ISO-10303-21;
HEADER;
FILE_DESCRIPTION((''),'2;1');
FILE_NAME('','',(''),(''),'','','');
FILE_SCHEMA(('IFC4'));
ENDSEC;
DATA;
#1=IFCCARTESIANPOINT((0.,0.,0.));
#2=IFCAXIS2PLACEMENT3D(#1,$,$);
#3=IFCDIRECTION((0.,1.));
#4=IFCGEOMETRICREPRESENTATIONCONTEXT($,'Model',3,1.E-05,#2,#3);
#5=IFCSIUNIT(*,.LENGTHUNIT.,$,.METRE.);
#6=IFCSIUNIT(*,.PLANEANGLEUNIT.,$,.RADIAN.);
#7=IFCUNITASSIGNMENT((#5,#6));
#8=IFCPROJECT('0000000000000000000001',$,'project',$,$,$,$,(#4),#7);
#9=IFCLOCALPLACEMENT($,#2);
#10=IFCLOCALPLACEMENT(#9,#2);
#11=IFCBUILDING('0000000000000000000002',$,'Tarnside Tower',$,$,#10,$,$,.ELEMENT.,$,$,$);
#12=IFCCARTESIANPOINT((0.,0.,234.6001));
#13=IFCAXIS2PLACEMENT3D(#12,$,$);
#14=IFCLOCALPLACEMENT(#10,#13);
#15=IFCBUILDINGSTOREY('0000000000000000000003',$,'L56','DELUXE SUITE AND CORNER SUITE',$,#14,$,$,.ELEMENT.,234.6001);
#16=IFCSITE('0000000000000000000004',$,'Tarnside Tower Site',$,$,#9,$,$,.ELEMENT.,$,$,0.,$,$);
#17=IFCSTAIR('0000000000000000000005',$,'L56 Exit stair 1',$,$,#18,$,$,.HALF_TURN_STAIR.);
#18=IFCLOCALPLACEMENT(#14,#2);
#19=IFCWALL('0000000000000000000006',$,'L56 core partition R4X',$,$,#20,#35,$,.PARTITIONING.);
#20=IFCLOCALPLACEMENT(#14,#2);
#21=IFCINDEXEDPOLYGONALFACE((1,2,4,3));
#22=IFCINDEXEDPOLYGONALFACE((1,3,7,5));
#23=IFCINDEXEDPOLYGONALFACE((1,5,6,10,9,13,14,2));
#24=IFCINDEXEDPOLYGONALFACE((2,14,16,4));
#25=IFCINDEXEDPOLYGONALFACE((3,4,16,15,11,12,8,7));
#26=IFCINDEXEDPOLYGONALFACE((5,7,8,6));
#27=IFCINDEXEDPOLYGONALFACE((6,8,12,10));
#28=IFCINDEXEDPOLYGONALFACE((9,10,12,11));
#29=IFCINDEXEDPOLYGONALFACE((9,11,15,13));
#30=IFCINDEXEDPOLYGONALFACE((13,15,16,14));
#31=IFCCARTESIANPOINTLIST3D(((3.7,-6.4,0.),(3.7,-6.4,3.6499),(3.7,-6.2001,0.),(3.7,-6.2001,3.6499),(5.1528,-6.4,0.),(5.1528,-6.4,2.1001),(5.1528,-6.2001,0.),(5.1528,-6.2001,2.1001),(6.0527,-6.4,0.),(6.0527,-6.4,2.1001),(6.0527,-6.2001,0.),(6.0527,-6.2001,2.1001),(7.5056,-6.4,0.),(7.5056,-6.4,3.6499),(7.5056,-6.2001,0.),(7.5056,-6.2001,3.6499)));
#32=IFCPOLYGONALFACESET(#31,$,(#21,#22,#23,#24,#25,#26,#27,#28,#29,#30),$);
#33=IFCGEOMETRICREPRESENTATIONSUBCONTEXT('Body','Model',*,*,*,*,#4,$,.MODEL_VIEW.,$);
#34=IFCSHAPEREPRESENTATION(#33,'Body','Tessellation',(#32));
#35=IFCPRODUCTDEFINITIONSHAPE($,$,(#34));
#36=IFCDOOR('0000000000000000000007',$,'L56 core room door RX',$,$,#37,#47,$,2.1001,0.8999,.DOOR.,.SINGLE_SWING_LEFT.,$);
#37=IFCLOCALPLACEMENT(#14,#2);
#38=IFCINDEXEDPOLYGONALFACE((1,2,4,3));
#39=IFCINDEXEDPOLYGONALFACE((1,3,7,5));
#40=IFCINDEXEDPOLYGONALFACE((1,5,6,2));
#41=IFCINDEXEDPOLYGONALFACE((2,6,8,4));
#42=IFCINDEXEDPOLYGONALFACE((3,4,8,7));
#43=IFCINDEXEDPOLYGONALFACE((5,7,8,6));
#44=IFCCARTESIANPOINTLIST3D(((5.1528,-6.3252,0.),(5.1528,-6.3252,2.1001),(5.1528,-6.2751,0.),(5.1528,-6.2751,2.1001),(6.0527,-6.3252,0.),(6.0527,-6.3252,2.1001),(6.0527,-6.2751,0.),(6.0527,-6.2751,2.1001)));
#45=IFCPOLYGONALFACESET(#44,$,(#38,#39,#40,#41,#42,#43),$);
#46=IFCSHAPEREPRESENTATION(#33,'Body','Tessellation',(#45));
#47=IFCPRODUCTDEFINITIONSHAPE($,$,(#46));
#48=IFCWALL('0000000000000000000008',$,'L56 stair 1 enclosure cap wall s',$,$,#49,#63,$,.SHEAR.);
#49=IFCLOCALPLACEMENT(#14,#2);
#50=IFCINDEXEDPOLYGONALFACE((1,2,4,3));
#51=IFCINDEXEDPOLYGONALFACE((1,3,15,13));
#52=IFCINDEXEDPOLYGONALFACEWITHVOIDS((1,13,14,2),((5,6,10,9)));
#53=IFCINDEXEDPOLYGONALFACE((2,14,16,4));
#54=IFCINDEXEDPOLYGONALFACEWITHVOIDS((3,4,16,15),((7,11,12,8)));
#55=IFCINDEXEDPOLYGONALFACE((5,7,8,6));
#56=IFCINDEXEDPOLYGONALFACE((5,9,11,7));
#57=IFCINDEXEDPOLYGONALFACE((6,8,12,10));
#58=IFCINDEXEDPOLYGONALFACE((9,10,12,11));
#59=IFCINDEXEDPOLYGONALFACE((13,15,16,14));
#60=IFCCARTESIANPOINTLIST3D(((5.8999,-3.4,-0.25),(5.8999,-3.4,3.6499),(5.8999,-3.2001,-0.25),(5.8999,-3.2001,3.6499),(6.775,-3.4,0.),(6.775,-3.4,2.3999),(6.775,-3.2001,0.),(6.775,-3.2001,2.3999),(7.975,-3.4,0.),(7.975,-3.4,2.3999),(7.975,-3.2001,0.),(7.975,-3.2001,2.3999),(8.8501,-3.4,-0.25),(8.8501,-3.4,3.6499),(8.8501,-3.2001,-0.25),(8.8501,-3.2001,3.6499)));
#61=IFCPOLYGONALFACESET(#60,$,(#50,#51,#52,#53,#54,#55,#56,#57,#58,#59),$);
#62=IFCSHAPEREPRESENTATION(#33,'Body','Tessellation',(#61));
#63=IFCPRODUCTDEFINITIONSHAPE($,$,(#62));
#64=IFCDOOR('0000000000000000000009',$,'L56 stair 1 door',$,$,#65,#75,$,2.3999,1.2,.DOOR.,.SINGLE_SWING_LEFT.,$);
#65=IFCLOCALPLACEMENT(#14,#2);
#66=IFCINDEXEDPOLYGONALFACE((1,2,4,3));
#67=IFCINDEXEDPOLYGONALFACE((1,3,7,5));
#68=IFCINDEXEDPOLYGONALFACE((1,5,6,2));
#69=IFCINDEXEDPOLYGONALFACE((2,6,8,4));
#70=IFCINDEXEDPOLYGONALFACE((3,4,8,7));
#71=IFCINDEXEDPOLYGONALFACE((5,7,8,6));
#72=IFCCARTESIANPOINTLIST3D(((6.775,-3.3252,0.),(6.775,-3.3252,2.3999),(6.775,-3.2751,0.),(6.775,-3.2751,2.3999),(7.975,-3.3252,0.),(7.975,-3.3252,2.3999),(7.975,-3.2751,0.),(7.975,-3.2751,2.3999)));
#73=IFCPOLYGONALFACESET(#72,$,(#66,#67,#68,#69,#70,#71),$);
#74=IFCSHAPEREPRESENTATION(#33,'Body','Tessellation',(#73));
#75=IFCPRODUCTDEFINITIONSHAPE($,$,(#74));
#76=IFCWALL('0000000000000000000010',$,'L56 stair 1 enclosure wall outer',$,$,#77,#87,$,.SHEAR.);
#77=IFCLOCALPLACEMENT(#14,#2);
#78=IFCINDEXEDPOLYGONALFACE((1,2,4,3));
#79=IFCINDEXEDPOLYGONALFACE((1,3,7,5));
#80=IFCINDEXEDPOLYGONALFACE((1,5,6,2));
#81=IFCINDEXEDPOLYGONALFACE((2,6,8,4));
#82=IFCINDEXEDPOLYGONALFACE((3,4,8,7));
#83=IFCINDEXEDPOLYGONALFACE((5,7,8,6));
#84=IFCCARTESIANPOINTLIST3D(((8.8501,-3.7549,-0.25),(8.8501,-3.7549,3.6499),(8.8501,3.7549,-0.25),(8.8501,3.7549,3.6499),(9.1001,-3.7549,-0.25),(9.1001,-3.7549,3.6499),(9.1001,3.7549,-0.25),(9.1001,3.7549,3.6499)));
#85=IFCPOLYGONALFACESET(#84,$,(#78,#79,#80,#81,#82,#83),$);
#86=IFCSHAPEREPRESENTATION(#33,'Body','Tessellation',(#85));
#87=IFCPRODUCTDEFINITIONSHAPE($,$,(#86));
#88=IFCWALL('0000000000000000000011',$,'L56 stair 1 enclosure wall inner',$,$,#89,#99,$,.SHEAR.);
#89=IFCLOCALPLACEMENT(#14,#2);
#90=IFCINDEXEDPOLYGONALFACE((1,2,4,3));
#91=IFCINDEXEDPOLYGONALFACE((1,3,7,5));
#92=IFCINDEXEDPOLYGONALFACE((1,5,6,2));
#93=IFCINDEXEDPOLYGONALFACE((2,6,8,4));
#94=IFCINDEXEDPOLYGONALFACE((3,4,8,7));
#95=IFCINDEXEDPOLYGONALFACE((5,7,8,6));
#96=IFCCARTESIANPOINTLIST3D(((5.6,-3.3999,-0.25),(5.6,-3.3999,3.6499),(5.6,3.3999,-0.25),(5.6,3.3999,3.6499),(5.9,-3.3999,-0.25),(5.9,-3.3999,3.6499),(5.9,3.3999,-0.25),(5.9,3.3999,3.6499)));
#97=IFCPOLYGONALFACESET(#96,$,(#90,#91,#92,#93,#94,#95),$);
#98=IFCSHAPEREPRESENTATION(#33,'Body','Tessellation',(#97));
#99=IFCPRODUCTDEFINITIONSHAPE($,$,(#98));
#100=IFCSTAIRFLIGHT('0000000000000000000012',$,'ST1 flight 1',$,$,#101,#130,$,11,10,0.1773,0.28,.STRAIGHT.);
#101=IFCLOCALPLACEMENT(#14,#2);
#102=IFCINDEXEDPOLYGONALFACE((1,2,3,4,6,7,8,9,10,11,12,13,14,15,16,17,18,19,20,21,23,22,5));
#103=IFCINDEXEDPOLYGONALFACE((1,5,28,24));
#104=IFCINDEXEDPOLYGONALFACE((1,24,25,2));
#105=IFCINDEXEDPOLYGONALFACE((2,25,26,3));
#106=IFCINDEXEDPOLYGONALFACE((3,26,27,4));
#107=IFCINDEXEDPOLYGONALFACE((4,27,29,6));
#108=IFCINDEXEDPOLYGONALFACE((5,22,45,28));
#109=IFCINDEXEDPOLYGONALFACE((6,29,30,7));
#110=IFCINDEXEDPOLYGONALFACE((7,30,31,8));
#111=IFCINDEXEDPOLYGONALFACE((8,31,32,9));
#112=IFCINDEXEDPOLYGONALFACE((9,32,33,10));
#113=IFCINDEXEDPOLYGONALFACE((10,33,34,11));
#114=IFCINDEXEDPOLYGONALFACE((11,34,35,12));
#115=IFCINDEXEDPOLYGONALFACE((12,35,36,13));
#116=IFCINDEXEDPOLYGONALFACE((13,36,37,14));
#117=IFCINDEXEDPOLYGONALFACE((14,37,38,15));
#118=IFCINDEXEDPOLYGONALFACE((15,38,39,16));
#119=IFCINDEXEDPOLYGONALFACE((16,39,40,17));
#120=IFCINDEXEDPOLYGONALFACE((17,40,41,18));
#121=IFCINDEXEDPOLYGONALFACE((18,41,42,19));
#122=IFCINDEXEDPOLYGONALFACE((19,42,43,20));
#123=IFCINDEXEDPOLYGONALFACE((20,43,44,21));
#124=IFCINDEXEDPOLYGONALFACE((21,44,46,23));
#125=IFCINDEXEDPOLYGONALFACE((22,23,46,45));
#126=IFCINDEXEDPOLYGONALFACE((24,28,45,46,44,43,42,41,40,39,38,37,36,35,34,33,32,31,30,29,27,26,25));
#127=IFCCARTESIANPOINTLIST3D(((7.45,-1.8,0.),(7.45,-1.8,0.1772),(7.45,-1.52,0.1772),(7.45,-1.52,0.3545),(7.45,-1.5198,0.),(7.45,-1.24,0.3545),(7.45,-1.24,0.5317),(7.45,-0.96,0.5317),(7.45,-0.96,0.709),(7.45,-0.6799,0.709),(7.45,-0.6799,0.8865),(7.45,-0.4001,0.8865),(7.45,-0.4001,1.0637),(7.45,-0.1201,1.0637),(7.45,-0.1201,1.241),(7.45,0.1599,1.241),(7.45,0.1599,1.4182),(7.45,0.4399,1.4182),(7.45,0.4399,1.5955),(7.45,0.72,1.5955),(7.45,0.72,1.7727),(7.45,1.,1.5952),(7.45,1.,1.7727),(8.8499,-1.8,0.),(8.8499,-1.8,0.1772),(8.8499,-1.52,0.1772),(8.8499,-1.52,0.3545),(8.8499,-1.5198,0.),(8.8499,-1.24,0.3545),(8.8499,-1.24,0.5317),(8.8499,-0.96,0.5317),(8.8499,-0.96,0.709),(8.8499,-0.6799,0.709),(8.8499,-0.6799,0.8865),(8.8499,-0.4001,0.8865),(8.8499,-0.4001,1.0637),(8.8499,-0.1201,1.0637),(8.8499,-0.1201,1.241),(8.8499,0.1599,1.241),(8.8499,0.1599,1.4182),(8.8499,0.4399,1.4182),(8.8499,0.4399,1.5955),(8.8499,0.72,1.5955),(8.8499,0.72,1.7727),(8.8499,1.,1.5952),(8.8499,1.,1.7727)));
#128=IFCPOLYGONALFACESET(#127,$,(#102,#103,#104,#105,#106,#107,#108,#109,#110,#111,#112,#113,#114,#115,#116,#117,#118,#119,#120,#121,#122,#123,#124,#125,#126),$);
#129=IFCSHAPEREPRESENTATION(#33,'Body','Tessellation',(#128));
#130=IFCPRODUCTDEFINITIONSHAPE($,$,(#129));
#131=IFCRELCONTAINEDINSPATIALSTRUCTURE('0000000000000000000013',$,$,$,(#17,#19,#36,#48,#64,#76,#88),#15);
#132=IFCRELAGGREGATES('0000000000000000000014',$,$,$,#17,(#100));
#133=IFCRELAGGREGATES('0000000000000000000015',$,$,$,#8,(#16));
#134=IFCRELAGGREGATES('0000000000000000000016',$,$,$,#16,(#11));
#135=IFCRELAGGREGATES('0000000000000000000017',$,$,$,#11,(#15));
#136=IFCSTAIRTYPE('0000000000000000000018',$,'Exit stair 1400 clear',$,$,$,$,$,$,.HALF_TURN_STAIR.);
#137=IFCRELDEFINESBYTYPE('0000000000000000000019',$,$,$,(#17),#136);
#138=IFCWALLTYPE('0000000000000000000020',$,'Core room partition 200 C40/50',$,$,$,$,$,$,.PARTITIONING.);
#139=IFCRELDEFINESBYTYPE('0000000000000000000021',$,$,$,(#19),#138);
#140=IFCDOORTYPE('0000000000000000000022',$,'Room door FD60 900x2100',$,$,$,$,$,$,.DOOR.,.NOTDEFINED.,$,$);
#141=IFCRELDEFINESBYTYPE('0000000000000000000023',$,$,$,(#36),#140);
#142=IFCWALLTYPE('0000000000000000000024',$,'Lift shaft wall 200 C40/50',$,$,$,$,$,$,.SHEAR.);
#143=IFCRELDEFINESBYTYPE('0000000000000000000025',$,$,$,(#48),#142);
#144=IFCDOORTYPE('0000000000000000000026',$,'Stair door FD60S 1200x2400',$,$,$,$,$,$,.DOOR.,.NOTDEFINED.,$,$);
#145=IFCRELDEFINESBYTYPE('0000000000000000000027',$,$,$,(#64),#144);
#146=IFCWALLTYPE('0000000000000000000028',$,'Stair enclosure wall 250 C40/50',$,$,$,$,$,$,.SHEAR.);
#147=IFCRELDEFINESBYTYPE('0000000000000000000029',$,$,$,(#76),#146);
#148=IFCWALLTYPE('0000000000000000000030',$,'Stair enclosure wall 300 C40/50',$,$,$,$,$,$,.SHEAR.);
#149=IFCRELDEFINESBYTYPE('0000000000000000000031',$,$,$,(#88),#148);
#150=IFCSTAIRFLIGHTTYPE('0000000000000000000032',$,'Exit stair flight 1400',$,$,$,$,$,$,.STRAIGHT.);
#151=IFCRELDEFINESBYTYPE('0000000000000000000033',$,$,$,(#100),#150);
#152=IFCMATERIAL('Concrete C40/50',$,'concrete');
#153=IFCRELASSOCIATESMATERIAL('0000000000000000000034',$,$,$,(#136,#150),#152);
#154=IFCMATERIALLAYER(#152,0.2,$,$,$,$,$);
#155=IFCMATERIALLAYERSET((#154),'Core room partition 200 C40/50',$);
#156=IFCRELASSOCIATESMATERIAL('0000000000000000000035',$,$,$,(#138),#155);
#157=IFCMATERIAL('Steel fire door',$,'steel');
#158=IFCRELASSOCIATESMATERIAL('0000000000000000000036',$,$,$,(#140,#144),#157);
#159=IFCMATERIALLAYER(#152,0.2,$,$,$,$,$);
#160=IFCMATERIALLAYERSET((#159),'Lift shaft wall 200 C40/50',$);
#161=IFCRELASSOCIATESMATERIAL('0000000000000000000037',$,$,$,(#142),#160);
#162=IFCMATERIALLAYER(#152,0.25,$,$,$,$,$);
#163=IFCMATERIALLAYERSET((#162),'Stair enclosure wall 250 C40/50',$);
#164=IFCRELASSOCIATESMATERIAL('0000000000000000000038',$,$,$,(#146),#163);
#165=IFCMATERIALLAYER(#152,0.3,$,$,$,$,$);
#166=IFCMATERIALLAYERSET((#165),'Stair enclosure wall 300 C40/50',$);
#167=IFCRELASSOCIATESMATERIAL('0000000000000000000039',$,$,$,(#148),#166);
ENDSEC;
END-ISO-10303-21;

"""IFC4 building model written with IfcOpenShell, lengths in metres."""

from ifc_helpers import new_model, si_unit, direction, frame, frame_2d, origin, place, context, subcontext, project, spatial, polyline, rectangle, outline, extrude, material, layer, layer_set, type_object, element, fill, aggregate, save


model = new_model("IFC4")

# Units and contexts
model_context = context("Model", 3, precision=1e-05, world=origin(), true_north=direction((0.0, 1.0)))
body_context = subcontext(model_context, "Body", "Model", "MODEL_VIEW")
ifc_project = project(units=[si_unit("LENGTHUNIT", "METRE"), si_unit("PLANEANGLEUNIT", "RADIAN")], contexts=[model_context])

# Site, building, storey
site_placement = place(None, origin())
site = spatial("IfcSite", under=ifc_project, at=site_placement, Name="Tarnside Tower Site", CompositionType="ELEMENT", RefElevation=0.0)
building_placement = place(site_placement, origin())
building = spatial("IfcBuilding", under=site, at=building_placement, Name="Tarnside Tower", CompositionType="ELEMENT")
storey_placement = place(building_placement, frame((0.0, 0.0, 234.6001)))
storey = spatial("IfcBuildingStorey", under=building, at=storey_placement, Name="L56", Description="DELUXE SUITE AND CORNER SUITE", CompositionType="ELEMENT", Elevation=234.6001)

# Shared definitions
ifc_material_1 = material(Name="Concrete C40/50", Category="concrete")

# Stair
stair_type = type_object("IfcStairType", Name="Exit stair 1400 clear", PredefinedType="HALF_TURN_STAIR", material=ifc_material_1)
stair_1_placement = place(storey_placement, origin())
stair_1 = element("IfcStair", 1, at=stair_1_placement, inside=storey, type_object=stair_type, Name="L56 Exit stair 1", PredefinedType="HALF_TURN_STAIR")

# Shared definitions
ifc_layer_1 = layer(ifc_material_1, 0.2)
ifc_layer_set_1 = layer_set([ifc_layer_1], Name="Core room partition 200 C40/50")
wall_type_1 = type_object("IfcWallType", Name="Core room partition 200 C40/50", PredefinedType="PARTITIONING", material=ifc_layer_set_1)
ifc_material_2 = material(Name="Steel fire door", Category="steel")
door_type_1 = type_object("IfcDoorType", Name="Room door FD60 900x2100", OperationType="NOTDEFINED", PredefinedType="DOOR", material=ifc_material_2)

# Walls, openings, doors
wall_1_placement = place(storey_placement, frame((3.7, -6.3, 0.0), z_axis=(0.0, 0.0, 1.0), x_axis=(1.0, 0.0, 0.0)))
wall_1 = element("IfcWall", 2, at=wall_1_placement, inside=storey, type_object=wall_type_1, Name="L56 core partition R4X", PredefinedType="PARTITIONING", context=body_context, shape_type="SweptSolid", body=[
    extrude(rectangle(XDim=3.8057, YDim=0.2, at=frame_2d((1.9028, 0.0))), origin(), (0.0, 0.0, 1.0), 3.6499),
])
opening_1_placement = place(wall_1_placement, frame((1.4529, 0.0, 0.0)))
opening_1 = element("IfcOpeningElement", 3, at=opening_1_placement, cuts=wall_1, PredefinedType="OPENING", context=body_context, shape_type="SweptSolid", body=[
    extrude(rectangle(XDim=0.8999, YDim=2.1001, at=frame_2d((0.45, 1.05))), frame((0.0, 0.1099, 0.0), z_axis=(0.0, -1.0, 0.0), x_axis=(1.0, 0.0, 0.0)), (0.0, 0.0, 1.0), 0.22),
])
door_1_placement = place(opening_1_placement, origin())
door_1 = element("IfcDoor", 4, at=door_1_placement, inside=storey, type_object=door_type_1, Name="L56 core room door RX", OperationType="SINGLE_SWING_LEFT", OverallHeight=2.1001, OverallWidth=0.8999, PredefinedType="DOOR", context=body_context, shape_type="SweptSolid", body=[
    extrude(rectangle(XDim=0.8999, YDim=2.1001, at=frame_2d((0.45, 1.05))), frame((0.0, 0.0249, 0.0), z_axis=(0.0, -1.0, 0.0), x_axis=(1.0, 0.0, 0.0)), (0.0, 0.0, 1.0), 0.05),
])
fill(opening_1, door_1)
ifc_layer_2 = layer(ifc_material_1, 0.2)
ifc_layer_set_2 = layer_set([ifc_layer_2], Name="Lift shaft wall 200 C40/50")
wall_type_2 = type_object("IfcWallType", Name="Lift shaft wall 200 C40/50", PredefinedType="SHEAR", material=ifc_layer_set_2)
wall_2_placement = place(storey_placement, frame((5.8999, -3.3, -0.25), z_axis=(0.0, 0.0, 1.0), x_axis=(1.0, 0.0, 0.0)))
wall_2 = element("IfcWall", 5, at=wall_2_placement, inside=storey, type_object=wall_type_2, Name="L56 stair 1 enclosure cap wall s", PredefinedType="SHEAR", context=body_context, shape_type="SweptSolid", body=[
    extrude(rectangle(XDim=2.9502, YDim=0.2, at=frame_2d((1.4751, 0.0))), origin(), (0.0, 0.0, 1.0), 3.8999),
])
opening_2_placement = place(wall_2_placement, frame((0.875, 0.0, 0.25)))
opening_2 = element("IfcOpeningElement", 6, at=opening_2_placement, cuts=wall_2, PredefinedType="OPENING", context=body_context, shape_type="SweptSolid", body=[
    extrude(rectangle(XDim=1.2, YDim=2.3999, at=frame_2d((0.6001, 1.2))), frame((0.0, 0.1099, 0.0), z_axis=(0.0, -1.0, 0.0), x_axis=(1.0, 0.0, 0.0)), (0.0, 0.0, 1.0), 0.22),
])
door_type_2 = type_object("IfcDoorType", Name="Stair door FD60S 1200x2400", OperationType="NOTDEFINED", PredefinedType="DOOR", material=ifc_material_2)
door_2_placement = place(opening_2_placement, origin())
door_2 = element("IfcDoor", 7, at=door_2_placement, inside=storey, type_object=door_type_2, Name="L56 stair 1 door", OperationType="SINGLE_SWING_LEFT", OverallHeight=2.3999, OverallWidth=1.2, PredefinedType="DOOR", context=body_context, shape_type="SweptSolid", body=[
    extrude(rectangle(XDim=1.2, YDim=2.3999, at=frame_2d((0.6001, 1.2))), frame((0.0, 0.0249, 0.0), z_axis=(0.0, -1.0, 0.0), x_axis=(1.0, 0.0, 0.0)), (0.0, 0.0, 1.0), 0.05),
])
fill(opening_2, door_2)

# Walls
ifc_layer_3 = layer(ifc_material_1, 0.25)
ifc_layer_set_3 = layer_set([ifc_layer_3], Name="Stair enclosure wall 250 C40/50")
wall_type_3 = type_object("IfcWallType", Name="Stair enclosure wall 250 C40/50", PredefinedType="SHEAR", material=ifc_layer_set_3)
wall_3_placement = place(storey_placement, frame((8.9751, -3.7549, -0.25), z_axis=(0.0, 0.0, 1.0), x_axis=(0.0, 1.0, 0.0)))
element("IfcWall", 8, at=wall_3_placement, inside=storey, type_object=wall_type_3, Name="L56 stair 1 enclosure wall outer", PredefinedType="SHEAR", context=body_context, shape_type="SweptSolid", body=[
    extrude(rectangle(XDim=7.5098, YDim=0.25, at=frame_2d((3.7549, 0.0))), origin(), (0.0, 0.0, 1.0), 3.8999),
])
ifc_layer_4 = layer(ifc_material_1, 0.3)
ifc_layer_set_4 = layer_set([ifc_layer_4], Name="Stair enclosure wall 300 C40/50")
wall_type_4 = type_object("IfcWallType", Name="Stair enclosure wall 300 C40/50", PredefinedType="SHEAR", material=ifc_layer_set_4)
wall_4_placement = place(storey_placement, frame((5.75, -3.3999, -0.25), z_axis=(0.0, 0.0, 1.0), x_axis=(0.0, 1.0, 0.0)))
element("IfcWall", 9, at=wall_4_placement, inside=storey, type_object=wall_type_4, Name="L56 stair 1 enclosure wall inner", PredefinedType="SHEAR", context=body_context, shape_type="SweptSolid", body=[
    extrude(rectangle(XDim=6.7998, YDim=0.3, at=frame_2d((3.3999, 0.0))), origin(), (0.0, 0.0, 1.0), 3.8999),
])

# Stair flight
stair_flight_type = type_object("IfcStairFlightType", Name="Exit stair flight 1400", PredefinedType="STRAIGHT", material=ifc_material_1)
stair_flight_placement = place(storey_placement, frame((8.1499, -1.8, 0.0), z_axis=(0.0, 0.0, 1.0), x_axis=(0.0, 1.0, 0.0)))
stair_flight = element("IfcStairFlight", 10, at=stair_flight_placement, type_object=stair_flight_type, Name="ST1 flight 1", NumberOfRisers=11, NumberOfTreads=10, PredefinedType="STRAIGHT", RiserHeight=0.1773, TreadLength=0.28, context=body_context, shape_type="SweptSolid", body=[
    extrude(outline(polyline([(0.0, 0.0), (0.0, 0.1772), (0.28, 0.1772), (0.28, 0.3545), (0.5601, 0.3545), (0.5601, 0.5317), (0.8401, 0.5317), (0.8401, 0.709), (1.1201, 0.709), (1.1201, 0.8865), (1.3999, 0.8865), (1.3999, 1.0637), (1.6799, 1.0637), (1.6799, 1.241), (1.96, 1.241), (1.96, 1.4182), (2.24, 1.4182), (2.24, 1.5955), (2.52, 1.5955), (2.52, 1.7727), (2.8, 1.7727), (2.8, 1.95), (2.8, 1.5952), (0.2803, 0.0), (0.0, 0.0)])), frame((0.0, 0.7, 0.0), z_axis=(0.0, -1.0, 0.0), x_axis=(1.0, 0.0, 0.0)), (0.0, 0.0, 1.0), 1.3999),
])
aggregate(stair_1, [stair_flight])

save(model, "model.ifc")
